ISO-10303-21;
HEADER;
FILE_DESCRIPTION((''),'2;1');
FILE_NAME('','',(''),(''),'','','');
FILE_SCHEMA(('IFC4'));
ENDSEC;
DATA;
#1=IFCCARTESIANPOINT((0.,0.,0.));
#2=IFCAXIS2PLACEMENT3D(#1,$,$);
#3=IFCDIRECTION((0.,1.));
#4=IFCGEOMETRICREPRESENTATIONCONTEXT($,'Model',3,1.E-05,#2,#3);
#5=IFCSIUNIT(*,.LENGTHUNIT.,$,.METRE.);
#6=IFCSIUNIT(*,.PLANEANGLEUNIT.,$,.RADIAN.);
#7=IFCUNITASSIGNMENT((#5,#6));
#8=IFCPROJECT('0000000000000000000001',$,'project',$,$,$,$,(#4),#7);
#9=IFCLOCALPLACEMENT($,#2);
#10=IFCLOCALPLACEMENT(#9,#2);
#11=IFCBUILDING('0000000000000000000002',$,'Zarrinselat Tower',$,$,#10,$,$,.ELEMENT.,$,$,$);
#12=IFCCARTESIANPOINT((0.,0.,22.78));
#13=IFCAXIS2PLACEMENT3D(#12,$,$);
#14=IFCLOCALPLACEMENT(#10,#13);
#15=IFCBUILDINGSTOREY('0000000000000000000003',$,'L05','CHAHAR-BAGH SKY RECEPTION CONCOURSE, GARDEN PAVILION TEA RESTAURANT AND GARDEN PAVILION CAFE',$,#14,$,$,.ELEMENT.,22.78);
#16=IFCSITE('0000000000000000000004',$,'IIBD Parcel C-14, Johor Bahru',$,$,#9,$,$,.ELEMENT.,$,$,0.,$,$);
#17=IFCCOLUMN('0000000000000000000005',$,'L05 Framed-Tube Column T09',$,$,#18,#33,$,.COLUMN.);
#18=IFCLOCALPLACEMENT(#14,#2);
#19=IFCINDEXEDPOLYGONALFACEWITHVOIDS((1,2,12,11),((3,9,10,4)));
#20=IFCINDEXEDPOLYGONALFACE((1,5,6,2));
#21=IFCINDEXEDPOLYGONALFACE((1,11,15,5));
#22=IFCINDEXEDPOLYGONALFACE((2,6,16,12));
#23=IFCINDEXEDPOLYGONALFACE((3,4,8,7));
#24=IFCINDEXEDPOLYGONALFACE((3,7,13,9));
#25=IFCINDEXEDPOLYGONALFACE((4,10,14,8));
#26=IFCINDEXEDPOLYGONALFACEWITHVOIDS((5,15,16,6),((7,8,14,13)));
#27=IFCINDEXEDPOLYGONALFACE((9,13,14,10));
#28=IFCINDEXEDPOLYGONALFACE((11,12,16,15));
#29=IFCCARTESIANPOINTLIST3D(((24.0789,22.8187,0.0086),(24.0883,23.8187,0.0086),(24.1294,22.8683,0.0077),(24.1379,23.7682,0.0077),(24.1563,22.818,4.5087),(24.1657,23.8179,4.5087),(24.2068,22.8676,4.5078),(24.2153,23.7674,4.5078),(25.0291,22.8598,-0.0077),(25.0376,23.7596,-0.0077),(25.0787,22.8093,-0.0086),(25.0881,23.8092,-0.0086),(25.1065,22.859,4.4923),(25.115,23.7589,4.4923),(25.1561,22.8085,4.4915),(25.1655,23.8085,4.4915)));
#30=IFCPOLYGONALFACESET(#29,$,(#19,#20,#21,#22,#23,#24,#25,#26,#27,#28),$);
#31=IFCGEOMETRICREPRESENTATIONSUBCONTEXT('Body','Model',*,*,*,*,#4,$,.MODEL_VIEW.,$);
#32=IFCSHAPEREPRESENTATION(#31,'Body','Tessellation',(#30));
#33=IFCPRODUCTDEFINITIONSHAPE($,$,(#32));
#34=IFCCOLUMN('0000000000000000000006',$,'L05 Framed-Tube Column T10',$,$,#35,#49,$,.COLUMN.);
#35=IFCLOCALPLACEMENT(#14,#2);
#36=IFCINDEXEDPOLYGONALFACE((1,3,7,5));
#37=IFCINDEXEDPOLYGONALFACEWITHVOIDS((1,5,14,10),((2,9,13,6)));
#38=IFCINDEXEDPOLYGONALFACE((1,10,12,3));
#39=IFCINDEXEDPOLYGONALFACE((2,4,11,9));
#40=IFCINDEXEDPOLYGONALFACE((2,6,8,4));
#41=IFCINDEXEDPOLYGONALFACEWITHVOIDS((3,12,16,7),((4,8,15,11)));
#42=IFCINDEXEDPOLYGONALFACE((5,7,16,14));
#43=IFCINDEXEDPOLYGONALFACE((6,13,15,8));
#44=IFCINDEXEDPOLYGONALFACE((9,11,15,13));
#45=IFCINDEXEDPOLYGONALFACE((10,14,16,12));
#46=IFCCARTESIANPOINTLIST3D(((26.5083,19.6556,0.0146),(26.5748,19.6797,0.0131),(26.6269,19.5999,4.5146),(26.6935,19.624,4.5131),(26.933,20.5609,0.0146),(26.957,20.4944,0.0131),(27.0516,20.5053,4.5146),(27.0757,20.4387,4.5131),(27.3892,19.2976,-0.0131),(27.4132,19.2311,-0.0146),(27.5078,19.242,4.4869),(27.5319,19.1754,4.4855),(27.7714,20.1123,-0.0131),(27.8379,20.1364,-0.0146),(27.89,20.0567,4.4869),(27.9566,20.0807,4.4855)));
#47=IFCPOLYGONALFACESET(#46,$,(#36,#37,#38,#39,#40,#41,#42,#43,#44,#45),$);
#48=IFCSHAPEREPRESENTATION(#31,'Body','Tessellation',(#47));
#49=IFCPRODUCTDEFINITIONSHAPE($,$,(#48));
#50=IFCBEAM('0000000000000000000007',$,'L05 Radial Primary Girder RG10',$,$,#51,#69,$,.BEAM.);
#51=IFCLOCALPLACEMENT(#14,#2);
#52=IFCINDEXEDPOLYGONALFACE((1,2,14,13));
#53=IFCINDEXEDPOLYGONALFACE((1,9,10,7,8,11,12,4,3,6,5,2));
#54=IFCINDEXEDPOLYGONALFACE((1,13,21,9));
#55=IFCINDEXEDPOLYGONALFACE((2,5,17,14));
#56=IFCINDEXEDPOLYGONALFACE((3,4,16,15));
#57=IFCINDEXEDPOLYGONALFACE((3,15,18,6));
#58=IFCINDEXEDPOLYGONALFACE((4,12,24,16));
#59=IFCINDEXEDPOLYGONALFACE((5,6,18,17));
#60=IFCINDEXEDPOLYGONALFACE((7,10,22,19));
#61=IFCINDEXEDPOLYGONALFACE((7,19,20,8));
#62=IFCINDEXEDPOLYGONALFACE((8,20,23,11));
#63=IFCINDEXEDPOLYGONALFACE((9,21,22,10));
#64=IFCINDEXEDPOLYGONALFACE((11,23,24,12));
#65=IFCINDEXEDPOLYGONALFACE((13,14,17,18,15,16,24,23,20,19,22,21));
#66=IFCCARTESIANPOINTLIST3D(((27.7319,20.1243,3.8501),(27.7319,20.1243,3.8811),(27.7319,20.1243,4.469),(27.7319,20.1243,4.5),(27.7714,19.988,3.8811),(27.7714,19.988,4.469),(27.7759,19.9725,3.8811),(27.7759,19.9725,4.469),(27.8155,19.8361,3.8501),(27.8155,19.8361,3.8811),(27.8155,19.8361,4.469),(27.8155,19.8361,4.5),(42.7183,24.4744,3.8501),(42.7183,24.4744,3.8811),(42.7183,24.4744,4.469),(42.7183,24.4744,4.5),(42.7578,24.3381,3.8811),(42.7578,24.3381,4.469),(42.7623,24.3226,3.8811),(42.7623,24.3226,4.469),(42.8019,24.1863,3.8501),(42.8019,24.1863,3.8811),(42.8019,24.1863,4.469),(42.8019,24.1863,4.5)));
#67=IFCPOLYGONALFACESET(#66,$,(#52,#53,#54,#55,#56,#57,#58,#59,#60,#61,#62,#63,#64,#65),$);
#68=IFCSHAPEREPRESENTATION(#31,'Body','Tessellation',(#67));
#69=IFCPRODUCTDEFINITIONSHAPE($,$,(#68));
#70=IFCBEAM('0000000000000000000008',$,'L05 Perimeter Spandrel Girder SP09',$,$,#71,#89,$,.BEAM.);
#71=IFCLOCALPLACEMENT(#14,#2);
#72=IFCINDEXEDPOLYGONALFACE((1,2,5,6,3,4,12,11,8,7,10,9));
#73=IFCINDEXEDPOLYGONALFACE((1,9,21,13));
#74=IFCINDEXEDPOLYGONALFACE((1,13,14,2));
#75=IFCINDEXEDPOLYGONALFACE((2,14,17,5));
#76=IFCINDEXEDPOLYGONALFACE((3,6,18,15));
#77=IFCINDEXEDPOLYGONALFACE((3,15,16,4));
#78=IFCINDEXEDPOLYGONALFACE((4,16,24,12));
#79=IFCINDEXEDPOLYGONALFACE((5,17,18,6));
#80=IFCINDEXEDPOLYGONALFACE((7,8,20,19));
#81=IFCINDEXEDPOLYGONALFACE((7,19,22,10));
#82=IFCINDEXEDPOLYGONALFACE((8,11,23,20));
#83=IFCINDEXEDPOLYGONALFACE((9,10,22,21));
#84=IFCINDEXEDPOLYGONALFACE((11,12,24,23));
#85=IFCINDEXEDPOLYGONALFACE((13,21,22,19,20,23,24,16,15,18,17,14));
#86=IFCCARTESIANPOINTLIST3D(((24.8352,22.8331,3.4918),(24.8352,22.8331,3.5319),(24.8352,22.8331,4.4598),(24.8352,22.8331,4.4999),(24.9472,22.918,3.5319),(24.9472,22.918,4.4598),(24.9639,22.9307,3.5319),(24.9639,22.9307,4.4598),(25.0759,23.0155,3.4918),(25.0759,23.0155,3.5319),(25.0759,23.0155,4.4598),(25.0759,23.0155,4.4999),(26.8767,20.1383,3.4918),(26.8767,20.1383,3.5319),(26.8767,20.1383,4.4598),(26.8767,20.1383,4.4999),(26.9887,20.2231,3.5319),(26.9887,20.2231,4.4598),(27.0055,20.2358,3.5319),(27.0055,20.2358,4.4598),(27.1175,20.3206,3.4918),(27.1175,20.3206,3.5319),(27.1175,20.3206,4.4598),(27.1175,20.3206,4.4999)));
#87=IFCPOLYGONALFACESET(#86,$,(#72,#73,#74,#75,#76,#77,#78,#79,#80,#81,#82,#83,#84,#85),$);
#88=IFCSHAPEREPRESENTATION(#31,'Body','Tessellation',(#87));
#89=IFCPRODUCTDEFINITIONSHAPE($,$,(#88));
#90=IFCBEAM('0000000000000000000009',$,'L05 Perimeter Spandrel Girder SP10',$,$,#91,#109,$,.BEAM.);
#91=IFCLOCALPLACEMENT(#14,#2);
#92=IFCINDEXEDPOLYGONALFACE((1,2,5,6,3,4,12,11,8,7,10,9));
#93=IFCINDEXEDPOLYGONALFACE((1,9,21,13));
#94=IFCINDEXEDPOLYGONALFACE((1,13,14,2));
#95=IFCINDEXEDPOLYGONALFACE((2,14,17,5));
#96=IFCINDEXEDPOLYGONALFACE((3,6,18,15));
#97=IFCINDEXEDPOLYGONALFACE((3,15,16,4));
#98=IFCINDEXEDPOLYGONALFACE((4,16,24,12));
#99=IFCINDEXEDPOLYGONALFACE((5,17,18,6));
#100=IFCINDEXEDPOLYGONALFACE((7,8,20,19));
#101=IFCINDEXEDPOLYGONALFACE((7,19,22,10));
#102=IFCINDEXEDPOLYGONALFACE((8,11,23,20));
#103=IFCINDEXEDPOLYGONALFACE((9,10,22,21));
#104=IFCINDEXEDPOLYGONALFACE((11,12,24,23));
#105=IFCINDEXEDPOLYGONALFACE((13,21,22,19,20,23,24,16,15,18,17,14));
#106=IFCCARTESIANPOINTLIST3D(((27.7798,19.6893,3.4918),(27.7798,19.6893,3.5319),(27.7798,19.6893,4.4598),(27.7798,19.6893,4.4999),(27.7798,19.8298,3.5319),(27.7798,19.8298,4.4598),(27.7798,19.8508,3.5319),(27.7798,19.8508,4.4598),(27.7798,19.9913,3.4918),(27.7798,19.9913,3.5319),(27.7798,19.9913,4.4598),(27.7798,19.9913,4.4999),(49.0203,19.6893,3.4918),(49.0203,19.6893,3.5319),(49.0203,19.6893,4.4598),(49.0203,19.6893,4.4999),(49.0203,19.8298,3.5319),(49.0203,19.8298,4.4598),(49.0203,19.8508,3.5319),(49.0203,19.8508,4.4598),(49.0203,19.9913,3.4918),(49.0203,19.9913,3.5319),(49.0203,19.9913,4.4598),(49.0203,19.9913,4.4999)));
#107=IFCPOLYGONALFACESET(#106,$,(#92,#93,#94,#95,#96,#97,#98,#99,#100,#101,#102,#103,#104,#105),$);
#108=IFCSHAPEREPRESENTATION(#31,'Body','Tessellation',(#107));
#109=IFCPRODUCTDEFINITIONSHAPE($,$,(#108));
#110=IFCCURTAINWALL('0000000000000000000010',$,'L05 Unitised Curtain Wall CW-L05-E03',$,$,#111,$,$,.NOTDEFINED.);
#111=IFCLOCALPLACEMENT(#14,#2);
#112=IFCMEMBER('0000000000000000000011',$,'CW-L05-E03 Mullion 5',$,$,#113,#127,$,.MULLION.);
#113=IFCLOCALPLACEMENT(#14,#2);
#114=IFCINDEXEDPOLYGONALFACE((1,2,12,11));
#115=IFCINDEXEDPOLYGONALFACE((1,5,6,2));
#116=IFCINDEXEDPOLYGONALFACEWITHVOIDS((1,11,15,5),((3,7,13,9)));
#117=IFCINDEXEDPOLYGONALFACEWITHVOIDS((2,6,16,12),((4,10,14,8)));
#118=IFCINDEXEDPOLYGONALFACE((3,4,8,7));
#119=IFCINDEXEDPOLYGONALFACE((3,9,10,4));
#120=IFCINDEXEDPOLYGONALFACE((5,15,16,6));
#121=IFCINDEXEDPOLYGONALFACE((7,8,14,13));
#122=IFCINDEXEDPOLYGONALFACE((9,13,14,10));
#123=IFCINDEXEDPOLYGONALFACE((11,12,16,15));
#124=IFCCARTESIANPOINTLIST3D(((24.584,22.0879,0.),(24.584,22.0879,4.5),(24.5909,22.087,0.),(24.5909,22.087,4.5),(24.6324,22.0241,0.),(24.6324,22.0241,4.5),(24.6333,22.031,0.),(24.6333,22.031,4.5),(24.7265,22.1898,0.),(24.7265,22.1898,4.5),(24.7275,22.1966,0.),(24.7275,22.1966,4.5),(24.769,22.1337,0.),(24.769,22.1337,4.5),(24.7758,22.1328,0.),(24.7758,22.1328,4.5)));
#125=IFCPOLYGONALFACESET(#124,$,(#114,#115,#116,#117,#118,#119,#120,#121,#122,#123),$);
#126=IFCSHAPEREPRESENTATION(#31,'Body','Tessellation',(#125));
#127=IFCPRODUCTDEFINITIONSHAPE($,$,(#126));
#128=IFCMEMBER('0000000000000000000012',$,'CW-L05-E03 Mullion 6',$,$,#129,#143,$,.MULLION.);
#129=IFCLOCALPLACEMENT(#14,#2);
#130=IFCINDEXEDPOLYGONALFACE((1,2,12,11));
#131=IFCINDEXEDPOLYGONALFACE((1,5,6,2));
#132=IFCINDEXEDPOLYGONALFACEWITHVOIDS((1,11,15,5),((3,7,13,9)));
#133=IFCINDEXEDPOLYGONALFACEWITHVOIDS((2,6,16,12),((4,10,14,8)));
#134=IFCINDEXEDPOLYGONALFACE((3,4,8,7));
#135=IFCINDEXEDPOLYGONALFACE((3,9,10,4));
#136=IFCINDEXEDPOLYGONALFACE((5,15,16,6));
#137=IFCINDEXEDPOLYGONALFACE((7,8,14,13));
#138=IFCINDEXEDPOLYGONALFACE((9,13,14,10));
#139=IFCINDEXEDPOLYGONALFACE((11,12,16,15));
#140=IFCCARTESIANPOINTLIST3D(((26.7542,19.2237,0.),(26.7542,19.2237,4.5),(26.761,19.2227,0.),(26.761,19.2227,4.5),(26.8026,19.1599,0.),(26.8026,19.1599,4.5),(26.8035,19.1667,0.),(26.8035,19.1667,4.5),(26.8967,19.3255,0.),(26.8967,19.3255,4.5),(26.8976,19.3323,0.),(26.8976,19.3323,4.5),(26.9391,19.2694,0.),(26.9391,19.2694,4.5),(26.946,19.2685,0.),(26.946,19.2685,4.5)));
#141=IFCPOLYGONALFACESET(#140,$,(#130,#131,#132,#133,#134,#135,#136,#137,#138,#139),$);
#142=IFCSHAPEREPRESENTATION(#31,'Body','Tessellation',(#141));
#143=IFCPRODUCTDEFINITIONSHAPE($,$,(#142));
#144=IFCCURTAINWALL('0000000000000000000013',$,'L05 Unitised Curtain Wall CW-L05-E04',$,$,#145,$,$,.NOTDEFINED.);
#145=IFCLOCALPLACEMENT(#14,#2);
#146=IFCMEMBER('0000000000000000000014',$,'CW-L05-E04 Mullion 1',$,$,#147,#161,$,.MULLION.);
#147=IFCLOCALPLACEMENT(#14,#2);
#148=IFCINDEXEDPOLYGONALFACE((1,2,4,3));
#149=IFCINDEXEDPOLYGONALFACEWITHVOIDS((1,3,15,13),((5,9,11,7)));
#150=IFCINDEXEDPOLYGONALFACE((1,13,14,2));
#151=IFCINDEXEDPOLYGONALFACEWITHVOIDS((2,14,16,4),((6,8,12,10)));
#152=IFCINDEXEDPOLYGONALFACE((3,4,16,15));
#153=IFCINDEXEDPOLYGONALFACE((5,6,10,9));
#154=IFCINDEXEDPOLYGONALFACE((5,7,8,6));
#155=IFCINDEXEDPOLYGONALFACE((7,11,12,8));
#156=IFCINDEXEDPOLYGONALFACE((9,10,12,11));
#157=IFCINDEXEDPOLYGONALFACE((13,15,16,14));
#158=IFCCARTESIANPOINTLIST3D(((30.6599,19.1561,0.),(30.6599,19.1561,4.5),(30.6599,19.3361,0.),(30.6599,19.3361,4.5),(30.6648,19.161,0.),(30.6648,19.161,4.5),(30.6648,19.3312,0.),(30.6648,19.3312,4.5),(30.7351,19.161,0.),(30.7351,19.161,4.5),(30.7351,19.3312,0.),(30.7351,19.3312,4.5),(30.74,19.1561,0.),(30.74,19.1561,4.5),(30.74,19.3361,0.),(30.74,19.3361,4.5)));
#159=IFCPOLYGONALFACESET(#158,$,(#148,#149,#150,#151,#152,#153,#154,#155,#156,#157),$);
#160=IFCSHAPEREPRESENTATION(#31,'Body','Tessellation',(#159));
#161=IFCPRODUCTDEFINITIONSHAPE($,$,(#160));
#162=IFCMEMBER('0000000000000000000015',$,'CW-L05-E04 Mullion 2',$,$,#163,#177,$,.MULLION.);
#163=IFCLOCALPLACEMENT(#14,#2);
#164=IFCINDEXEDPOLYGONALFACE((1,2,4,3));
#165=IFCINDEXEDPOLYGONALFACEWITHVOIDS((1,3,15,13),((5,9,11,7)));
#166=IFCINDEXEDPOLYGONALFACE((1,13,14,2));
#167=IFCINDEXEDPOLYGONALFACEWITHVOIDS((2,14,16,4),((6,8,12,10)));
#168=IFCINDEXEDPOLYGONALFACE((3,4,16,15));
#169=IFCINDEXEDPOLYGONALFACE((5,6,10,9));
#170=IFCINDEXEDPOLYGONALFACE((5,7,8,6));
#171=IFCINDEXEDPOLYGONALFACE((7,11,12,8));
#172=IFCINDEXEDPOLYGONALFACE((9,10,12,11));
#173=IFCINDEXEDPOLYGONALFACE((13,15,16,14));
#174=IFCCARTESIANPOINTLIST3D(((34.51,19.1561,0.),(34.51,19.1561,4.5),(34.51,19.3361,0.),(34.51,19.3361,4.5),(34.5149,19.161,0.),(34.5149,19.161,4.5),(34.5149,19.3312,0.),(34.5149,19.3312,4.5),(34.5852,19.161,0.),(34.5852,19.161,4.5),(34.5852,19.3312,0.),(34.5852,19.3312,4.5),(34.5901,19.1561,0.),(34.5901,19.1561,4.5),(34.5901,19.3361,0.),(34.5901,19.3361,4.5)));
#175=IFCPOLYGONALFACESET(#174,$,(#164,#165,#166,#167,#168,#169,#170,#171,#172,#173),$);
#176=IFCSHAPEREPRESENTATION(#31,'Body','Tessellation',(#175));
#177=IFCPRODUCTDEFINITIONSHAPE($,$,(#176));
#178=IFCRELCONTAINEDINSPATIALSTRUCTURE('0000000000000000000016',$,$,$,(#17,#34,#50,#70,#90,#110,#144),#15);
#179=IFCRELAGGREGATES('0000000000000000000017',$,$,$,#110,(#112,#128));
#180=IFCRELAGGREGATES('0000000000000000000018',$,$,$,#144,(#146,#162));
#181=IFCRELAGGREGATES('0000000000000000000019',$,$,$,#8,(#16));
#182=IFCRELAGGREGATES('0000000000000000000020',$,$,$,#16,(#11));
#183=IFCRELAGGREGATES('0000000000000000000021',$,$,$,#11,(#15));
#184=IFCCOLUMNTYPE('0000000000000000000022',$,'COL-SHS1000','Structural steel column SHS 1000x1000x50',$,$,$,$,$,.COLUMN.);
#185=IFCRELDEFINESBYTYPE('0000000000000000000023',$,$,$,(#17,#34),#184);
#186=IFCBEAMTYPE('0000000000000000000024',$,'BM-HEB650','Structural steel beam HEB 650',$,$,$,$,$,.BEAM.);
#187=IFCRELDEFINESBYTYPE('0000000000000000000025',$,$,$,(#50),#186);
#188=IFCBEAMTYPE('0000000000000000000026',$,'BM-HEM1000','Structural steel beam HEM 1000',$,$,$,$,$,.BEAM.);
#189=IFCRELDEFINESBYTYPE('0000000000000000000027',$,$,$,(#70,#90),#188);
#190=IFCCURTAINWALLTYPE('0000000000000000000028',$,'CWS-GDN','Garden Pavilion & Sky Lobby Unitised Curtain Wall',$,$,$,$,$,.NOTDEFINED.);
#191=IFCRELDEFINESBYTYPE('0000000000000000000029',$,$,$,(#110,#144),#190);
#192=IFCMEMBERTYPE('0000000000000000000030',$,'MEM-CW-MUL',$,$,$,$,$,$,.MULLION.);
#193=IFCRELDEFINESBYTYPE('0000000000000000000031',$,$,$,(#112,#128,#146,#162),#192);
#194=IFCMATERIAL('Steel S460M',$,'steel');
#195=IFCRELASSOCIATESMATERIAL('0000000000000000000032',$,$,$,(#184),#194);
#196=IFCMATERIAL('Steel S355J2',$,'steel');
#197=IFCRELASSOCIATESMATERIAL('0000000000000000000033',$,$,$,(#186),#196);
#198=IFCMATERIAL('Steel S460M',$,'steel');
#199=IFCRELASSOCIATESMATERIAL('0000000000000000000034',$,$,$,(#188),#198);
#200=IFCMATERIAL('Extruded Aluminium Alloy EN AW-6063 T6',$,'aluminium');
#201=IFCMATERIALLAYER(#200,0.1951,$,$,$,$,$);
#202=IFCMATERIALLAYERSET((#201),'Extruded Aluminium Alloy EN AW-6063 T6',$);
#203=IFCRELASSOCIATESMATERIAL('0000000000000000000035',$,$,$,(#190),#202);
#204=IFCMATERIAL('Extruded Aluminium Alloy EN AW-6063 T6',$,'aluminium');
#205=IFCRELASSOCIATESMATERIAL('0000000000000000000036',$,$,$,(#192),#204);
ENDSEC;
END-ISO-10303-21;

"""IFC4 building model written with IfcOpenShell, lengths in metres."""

from ifc_helpers import new_model, si_unit, direction, frame, origin, origin_2d, place, context, subcontext, project, spatial, hollow_rectangle, i_section, extrude, material, layer, layer_set, material_profile, profile_set, type_object, element, aggregate, save


model = new_model("IFC4")

# Units and contexts
model_context = context("Model", 3, precision=1e-05, world=origin(), true_north=direction((0.0, 1.0)))
body_context = subcontext(model_context, "Body", "Model", "MODEL_VIEW")
ifc_project = project(units=[si_unit("LENGTHUNIT", "METRE"), si_unit("PLANEANGLEUNIT", "RADIAN")], contexts=[model_context])

# Site, building, storey
site_placement = place(None, origin())
site = spatial("IfcSite", under=ifc_project, at=site_placement, Name="IIBD Parcel C-14, Johor Bahru", CompositionType="ELEMENT", RefElevation=0.0)
building_placement = place(site_placement, origin())
building = spatial("IfcBuilding", under=site, at=building_placement, Name="Zarrinselat Tower", CompositionType="ELEMENT")
storey_placement = place(building_placement, frame((0.0, 0.0, 22.78)))
storey = spatial("IfcBuildingStorey", under=building, at=storey_placement, Name="L05", Description="CHAHAR-BAGH SKY RECEPTION CONCOURSE, GARDEN PAVILION TEA RESTAURANT AND GARDEN PAVILION CAFE", CompositionType="ELEMENT", Elevation=22.78)

# Columns
ifc_material_1 = material(Name="Steel S460M", Category="steel")
ifc_material_profile_1 = material_profile(ifc_material_1, hollow_rectangle(XDim=1.0, YDim=1.0, WallThickness=0.05, at=origin_2d()), Name="SHS 1000x1000x50")
ifc_profile_set_1 = profile_set([ifc_material_profile_1], Name="Steel S460M")
column_type = type_object("IfcColumnType", Name="COL-SHS1000", Description="Structural steel column SHS 1000x1000x50", PredefinedType="COLUMN", material=ifc_profile_set_1)
column_1_placement = place(storey_placement, frame((24.5835, 23.314, 0.0), z_axis=(0.017196, -0.000163, 0.999852), x_axis=(0.009463, 0.999955, 0.0)))
element("IfcColumn", 1, at=column_1_placement, inside=storey, type_object=column_type, Name="L05 Framed-Tube Column T09", PredefinedType="COLUMN", context=body_context, shape_type="SweptSolid", body=[
    extrude(hollow_rectangle(XDim=1.0, YDim=1.0, WallThickness=0.05, at=origin_2d()), origin(), (0.0, 0.0, 1.0), 4.5007),
])
column_2_placement = place(storey_placement, frame((27.1731, 19.896, 0.0), z_axis=(0.026356, -0.012365, 0.999576), x_axis=(0.42472, 0.905325, 0.0)))
element("IfcColumn", 2, at=column_2_placement, inside=storey, type_object=column_type, Name="L05 Framed-Tube Column T10", PredefinedType="COLUMN", context=body_context, shape_type="SweptSolid", body=[
    extrude(hollow_rectangle(XDim=1.0, YDim=1.0, WallThickness=0.05, at=origin_2d()), origin(), (0.0, 0.0, 1.0), 4.502),
])

# Beams
ifc_material_2 = material(Name="Steel S355J2", Category="steel")
ifc_material_profile_2 = material_profile(ifc_material_2, i_section(OverallWidth=0.3, OverallDepth=0.6499, WebThickness=0.0161, FlangeThickness=0.031, at=origin_2d()), Name="HEB 650")
ifc_profile_set_2 = profile_set([ifc_material_profile_2], Name="Steel S355J2")
beam_type_1 = type_object("IfcBeamType", Name="BM-HEB650", Description="Structural steel beam HEB 650", PredefinedType="BEAM", material=ifc_profile_set_2)
beam_1_placement = place(storey_placement, frame((27.7737, 19.9802, 4.175), z_axis=(0.960359, 0.278765, 0.0), x_axis=(-0.278765, 0.960359, 0.0)))
element("IfcBeam", 3, at=beam_1_placement, inside=storey, type_object=beam_type_1, Name="L05 Radial Primary Girder RG10", PredefinedType="BEAM", context=body_context, shape_type="SweptSolid", body=[
    extrude(i_section(OverallWidth=0.3, OverallDepth=0.6499, WebThickness=0.0161, FlangeThickness=0.031, at=origin_2d()), origin(), (0.0, 0.0, 1.0), 15.605),
])
ifc_material_3 = material(Name="Steel S460M", Category="steel")
ifc_material_profile_3 = material_profile(ifc_material_3, i_section(OverallWidth=0.302, OverallDepth=1.0081, WebThickness=0.021, FlangeThickness=0.04, at=origin_2d()), Name="HEM 1000")
ifc_profile_set_3 = profile_set([ifc_material_profile_3], Name="Steel S460M")
beam_type_2 = type_object("IfcBeamType", Name="BM-HEM1000", Description="Structural steel beam HEM 1000", PredefinedType="BEAM", material=ifc_profile_set_3)
beam_2_placement = place(storey_placement, frame((24.9556, 22.9243, 3.9958), z_axis=(0.603852, -0.797096, 0.0), x_axis=(0.797096, 0.603852, 0.0)))
element("IfcBeam", 4, at=beam_2_placement, inside=storey, type_object=beam_type_2, Name="L05 Perimeter Spandrel Girder SP09", PredefinedType="BEAM", context=body_context, shape_type="SweptSolid", body=[
    extrude(i_section(OverallWidth=0.302, OverallDepth=1.0081, WebThickness=0.021, FlangeThickness=0.04, at=origin_2d()), origin(), (0.0, 0.0, 1.0), 3.3809),
])
beam_3_placement = place(storey_placement, frame((27.7798, 19.8403, 3.9958), z_axis=(1.0, 0.0, 0.0), x_axis=(0.0, 1.0, 0.0)))
element("IfcBeam", 5, at=beam_3_placement, inside=storey, type_object=beam_type_2, Name="L05 Perimeter Spandrel Girder SP10", PredefinedType="BEAM", context=body_context, shape_type="SweptSolid", body=[
    extrude(i_section(OverallWidth=0.302, OverallDepth=1.0081, WebThickness=0.021, FlangeThickness=0.04, at=origin_2d()), origin(), (0.0, 0.0, 1.0), 21.2405),
])

# Curtain walls, members
ifc_material_4 = material(Name="Extruded Aluminium Alloy EN AW-6063 T6", Category="aluminium")
ifc_layer_1 = layer(ifc_material_4, 0.1951)
ifc_layer_set_1 = layer_set([ifc_layer_1], Name="Extruded Aluminium Alloy EN AW-6063 T6")
curtain_wall_type = type_object("IfcCurtainWallType", Name="CWS-GDN", Description="Garden Pavilion & Sky Lobby Unitised Curtain Wall", PredefinedType="NOTDEFINED", material=ifc_layer_set_1)
curtain_wall_1_placement = place(storey_placement, origin())
curtain_wall_1 = element("IfcCurtainWall", 6, at=curtain_wall_1_placement, inside=storey, type_object=curtain_wall_type, Name="L05 Unitised Curtain Wall CW-L05-E03", PredefinedType="NOTDEFINED")
ifc_material_5 = material(Name="Extruded Aluminium Alloy EN AW-6063 T6", Category="aluminium")
ifc_material_profile_4 = material_profile(ifc_material_5, hollow_rectangle(XDim=0.0801, YDim=0.1799, WallThickness=0.0049, at=origin_2d()), Name="RHS 180x80x5")
ifc_profile_set_4 = profile_set([ifc_material_profile_4], Name="Extruded Aluminium Alloy EN AW-6063 T6")
member_type_1 = type_object("IfcMemberType", Name="MEM-CW-MUL", PredefinedType="MULLION", material=ifc_profile_set_4)
member_1_placement = place(storey_placement, frame((24.6799, 22.1104, 0.0), z_axis=(0.0, 0.0, 1.0), x_axis=(0.603858, -0.797092, 0.0)))
member_1 = element("IfcMember", 7, at=member_1_placement, type_object=member_type_1, Name="CW-L05-E03 Mullion 5", PredefinedType="MULLION", context=body_context, shape_type="SweptSolid", body=[
    extrude(hollow_rectangle(XDim=0.0801, YDim=0.1799, WallThickness=0.0049, at=origin_2d()), origin(), (0.0, 0.0, 1.0), 4.5),
])
member_2_placement = place(storey_placement, frame((26.8501, 19.2461, 0.0), z_axis=(0.0, 0.0, 1.0), x_axis=(0.603858, -0.797092, 0.0)))
member_2 = element("IfcMember", 8, at=member_2_placement, type_object=member_type_1, Name="CW-L05-E03 Mullion 6", PredefinedType="MULLION", context=body_context, shape_type="SweptSolid", body=[
    extrude(hollow_rectangle(XDim=0.0801, YDim=0.1799, WallThickness=0.0049, at=origin_2d()), origin(), (0.0, 0.0, 1.0), 4.5),
])
curtain_wall_2_placement = place(storey_placement, origin())
curtain_wall_2 = element("IfcCurtainWall", 9, at=curtain_wall_2_placement, inside=storey, type_object=curtain_wall_type, Name="L05 Unitised Curtain Wall CW-L05-E04", PredefinedType="NOTDEFINED")
member_3_placement = place(storey_placement, frame((30.7, 19.2461, 0.0), z_axis=(0.0, 0.0, 1.0), x_axis=(1.0, 0.0, 0.0)))
member_3 = element("IfcMember", 10, at=member_3_placement, type_object=member_type_1, Name="CW-L05-E04 Mullion 1", PredefinedType="MULLION", context=body_context, shape_type="SweptSolid", body=[
    extrude(hollow_rectangle(XDim=0.0801, YDim=0.1799, WallThickness=0.0049, at=origin_2d()), origin(), (0.0, 0.0, 1.0), 4.5),
])
member_4_placement = place(storey_placement, frame((34.55, 19.2461, 0.0), z_axis=(0.0, 0.0, 1.0), x_axis=(1.0, 0.0, 0.0)))
member_4 = element("IfcMember", 11, at=member_4_placement, type_object=member_type_1, Name="CW-L05-E04 Mullion 2", PredefinedType="MULLION", context=body_context, shape_type="SweptSolid", body=[
    extrude(hollow_rectangle(XDim=0.0801, YDim=0.1799, WallThickness=0.0049, at=origin_2d()), origin(), (0.0, 0.0, 1.0), 4.5),
])

aggregate(curtain_wall_1, [member_1, member_2])
aggregate(curtain_wall_2, [member_3, member_4])

save(model, "model.ifc")
